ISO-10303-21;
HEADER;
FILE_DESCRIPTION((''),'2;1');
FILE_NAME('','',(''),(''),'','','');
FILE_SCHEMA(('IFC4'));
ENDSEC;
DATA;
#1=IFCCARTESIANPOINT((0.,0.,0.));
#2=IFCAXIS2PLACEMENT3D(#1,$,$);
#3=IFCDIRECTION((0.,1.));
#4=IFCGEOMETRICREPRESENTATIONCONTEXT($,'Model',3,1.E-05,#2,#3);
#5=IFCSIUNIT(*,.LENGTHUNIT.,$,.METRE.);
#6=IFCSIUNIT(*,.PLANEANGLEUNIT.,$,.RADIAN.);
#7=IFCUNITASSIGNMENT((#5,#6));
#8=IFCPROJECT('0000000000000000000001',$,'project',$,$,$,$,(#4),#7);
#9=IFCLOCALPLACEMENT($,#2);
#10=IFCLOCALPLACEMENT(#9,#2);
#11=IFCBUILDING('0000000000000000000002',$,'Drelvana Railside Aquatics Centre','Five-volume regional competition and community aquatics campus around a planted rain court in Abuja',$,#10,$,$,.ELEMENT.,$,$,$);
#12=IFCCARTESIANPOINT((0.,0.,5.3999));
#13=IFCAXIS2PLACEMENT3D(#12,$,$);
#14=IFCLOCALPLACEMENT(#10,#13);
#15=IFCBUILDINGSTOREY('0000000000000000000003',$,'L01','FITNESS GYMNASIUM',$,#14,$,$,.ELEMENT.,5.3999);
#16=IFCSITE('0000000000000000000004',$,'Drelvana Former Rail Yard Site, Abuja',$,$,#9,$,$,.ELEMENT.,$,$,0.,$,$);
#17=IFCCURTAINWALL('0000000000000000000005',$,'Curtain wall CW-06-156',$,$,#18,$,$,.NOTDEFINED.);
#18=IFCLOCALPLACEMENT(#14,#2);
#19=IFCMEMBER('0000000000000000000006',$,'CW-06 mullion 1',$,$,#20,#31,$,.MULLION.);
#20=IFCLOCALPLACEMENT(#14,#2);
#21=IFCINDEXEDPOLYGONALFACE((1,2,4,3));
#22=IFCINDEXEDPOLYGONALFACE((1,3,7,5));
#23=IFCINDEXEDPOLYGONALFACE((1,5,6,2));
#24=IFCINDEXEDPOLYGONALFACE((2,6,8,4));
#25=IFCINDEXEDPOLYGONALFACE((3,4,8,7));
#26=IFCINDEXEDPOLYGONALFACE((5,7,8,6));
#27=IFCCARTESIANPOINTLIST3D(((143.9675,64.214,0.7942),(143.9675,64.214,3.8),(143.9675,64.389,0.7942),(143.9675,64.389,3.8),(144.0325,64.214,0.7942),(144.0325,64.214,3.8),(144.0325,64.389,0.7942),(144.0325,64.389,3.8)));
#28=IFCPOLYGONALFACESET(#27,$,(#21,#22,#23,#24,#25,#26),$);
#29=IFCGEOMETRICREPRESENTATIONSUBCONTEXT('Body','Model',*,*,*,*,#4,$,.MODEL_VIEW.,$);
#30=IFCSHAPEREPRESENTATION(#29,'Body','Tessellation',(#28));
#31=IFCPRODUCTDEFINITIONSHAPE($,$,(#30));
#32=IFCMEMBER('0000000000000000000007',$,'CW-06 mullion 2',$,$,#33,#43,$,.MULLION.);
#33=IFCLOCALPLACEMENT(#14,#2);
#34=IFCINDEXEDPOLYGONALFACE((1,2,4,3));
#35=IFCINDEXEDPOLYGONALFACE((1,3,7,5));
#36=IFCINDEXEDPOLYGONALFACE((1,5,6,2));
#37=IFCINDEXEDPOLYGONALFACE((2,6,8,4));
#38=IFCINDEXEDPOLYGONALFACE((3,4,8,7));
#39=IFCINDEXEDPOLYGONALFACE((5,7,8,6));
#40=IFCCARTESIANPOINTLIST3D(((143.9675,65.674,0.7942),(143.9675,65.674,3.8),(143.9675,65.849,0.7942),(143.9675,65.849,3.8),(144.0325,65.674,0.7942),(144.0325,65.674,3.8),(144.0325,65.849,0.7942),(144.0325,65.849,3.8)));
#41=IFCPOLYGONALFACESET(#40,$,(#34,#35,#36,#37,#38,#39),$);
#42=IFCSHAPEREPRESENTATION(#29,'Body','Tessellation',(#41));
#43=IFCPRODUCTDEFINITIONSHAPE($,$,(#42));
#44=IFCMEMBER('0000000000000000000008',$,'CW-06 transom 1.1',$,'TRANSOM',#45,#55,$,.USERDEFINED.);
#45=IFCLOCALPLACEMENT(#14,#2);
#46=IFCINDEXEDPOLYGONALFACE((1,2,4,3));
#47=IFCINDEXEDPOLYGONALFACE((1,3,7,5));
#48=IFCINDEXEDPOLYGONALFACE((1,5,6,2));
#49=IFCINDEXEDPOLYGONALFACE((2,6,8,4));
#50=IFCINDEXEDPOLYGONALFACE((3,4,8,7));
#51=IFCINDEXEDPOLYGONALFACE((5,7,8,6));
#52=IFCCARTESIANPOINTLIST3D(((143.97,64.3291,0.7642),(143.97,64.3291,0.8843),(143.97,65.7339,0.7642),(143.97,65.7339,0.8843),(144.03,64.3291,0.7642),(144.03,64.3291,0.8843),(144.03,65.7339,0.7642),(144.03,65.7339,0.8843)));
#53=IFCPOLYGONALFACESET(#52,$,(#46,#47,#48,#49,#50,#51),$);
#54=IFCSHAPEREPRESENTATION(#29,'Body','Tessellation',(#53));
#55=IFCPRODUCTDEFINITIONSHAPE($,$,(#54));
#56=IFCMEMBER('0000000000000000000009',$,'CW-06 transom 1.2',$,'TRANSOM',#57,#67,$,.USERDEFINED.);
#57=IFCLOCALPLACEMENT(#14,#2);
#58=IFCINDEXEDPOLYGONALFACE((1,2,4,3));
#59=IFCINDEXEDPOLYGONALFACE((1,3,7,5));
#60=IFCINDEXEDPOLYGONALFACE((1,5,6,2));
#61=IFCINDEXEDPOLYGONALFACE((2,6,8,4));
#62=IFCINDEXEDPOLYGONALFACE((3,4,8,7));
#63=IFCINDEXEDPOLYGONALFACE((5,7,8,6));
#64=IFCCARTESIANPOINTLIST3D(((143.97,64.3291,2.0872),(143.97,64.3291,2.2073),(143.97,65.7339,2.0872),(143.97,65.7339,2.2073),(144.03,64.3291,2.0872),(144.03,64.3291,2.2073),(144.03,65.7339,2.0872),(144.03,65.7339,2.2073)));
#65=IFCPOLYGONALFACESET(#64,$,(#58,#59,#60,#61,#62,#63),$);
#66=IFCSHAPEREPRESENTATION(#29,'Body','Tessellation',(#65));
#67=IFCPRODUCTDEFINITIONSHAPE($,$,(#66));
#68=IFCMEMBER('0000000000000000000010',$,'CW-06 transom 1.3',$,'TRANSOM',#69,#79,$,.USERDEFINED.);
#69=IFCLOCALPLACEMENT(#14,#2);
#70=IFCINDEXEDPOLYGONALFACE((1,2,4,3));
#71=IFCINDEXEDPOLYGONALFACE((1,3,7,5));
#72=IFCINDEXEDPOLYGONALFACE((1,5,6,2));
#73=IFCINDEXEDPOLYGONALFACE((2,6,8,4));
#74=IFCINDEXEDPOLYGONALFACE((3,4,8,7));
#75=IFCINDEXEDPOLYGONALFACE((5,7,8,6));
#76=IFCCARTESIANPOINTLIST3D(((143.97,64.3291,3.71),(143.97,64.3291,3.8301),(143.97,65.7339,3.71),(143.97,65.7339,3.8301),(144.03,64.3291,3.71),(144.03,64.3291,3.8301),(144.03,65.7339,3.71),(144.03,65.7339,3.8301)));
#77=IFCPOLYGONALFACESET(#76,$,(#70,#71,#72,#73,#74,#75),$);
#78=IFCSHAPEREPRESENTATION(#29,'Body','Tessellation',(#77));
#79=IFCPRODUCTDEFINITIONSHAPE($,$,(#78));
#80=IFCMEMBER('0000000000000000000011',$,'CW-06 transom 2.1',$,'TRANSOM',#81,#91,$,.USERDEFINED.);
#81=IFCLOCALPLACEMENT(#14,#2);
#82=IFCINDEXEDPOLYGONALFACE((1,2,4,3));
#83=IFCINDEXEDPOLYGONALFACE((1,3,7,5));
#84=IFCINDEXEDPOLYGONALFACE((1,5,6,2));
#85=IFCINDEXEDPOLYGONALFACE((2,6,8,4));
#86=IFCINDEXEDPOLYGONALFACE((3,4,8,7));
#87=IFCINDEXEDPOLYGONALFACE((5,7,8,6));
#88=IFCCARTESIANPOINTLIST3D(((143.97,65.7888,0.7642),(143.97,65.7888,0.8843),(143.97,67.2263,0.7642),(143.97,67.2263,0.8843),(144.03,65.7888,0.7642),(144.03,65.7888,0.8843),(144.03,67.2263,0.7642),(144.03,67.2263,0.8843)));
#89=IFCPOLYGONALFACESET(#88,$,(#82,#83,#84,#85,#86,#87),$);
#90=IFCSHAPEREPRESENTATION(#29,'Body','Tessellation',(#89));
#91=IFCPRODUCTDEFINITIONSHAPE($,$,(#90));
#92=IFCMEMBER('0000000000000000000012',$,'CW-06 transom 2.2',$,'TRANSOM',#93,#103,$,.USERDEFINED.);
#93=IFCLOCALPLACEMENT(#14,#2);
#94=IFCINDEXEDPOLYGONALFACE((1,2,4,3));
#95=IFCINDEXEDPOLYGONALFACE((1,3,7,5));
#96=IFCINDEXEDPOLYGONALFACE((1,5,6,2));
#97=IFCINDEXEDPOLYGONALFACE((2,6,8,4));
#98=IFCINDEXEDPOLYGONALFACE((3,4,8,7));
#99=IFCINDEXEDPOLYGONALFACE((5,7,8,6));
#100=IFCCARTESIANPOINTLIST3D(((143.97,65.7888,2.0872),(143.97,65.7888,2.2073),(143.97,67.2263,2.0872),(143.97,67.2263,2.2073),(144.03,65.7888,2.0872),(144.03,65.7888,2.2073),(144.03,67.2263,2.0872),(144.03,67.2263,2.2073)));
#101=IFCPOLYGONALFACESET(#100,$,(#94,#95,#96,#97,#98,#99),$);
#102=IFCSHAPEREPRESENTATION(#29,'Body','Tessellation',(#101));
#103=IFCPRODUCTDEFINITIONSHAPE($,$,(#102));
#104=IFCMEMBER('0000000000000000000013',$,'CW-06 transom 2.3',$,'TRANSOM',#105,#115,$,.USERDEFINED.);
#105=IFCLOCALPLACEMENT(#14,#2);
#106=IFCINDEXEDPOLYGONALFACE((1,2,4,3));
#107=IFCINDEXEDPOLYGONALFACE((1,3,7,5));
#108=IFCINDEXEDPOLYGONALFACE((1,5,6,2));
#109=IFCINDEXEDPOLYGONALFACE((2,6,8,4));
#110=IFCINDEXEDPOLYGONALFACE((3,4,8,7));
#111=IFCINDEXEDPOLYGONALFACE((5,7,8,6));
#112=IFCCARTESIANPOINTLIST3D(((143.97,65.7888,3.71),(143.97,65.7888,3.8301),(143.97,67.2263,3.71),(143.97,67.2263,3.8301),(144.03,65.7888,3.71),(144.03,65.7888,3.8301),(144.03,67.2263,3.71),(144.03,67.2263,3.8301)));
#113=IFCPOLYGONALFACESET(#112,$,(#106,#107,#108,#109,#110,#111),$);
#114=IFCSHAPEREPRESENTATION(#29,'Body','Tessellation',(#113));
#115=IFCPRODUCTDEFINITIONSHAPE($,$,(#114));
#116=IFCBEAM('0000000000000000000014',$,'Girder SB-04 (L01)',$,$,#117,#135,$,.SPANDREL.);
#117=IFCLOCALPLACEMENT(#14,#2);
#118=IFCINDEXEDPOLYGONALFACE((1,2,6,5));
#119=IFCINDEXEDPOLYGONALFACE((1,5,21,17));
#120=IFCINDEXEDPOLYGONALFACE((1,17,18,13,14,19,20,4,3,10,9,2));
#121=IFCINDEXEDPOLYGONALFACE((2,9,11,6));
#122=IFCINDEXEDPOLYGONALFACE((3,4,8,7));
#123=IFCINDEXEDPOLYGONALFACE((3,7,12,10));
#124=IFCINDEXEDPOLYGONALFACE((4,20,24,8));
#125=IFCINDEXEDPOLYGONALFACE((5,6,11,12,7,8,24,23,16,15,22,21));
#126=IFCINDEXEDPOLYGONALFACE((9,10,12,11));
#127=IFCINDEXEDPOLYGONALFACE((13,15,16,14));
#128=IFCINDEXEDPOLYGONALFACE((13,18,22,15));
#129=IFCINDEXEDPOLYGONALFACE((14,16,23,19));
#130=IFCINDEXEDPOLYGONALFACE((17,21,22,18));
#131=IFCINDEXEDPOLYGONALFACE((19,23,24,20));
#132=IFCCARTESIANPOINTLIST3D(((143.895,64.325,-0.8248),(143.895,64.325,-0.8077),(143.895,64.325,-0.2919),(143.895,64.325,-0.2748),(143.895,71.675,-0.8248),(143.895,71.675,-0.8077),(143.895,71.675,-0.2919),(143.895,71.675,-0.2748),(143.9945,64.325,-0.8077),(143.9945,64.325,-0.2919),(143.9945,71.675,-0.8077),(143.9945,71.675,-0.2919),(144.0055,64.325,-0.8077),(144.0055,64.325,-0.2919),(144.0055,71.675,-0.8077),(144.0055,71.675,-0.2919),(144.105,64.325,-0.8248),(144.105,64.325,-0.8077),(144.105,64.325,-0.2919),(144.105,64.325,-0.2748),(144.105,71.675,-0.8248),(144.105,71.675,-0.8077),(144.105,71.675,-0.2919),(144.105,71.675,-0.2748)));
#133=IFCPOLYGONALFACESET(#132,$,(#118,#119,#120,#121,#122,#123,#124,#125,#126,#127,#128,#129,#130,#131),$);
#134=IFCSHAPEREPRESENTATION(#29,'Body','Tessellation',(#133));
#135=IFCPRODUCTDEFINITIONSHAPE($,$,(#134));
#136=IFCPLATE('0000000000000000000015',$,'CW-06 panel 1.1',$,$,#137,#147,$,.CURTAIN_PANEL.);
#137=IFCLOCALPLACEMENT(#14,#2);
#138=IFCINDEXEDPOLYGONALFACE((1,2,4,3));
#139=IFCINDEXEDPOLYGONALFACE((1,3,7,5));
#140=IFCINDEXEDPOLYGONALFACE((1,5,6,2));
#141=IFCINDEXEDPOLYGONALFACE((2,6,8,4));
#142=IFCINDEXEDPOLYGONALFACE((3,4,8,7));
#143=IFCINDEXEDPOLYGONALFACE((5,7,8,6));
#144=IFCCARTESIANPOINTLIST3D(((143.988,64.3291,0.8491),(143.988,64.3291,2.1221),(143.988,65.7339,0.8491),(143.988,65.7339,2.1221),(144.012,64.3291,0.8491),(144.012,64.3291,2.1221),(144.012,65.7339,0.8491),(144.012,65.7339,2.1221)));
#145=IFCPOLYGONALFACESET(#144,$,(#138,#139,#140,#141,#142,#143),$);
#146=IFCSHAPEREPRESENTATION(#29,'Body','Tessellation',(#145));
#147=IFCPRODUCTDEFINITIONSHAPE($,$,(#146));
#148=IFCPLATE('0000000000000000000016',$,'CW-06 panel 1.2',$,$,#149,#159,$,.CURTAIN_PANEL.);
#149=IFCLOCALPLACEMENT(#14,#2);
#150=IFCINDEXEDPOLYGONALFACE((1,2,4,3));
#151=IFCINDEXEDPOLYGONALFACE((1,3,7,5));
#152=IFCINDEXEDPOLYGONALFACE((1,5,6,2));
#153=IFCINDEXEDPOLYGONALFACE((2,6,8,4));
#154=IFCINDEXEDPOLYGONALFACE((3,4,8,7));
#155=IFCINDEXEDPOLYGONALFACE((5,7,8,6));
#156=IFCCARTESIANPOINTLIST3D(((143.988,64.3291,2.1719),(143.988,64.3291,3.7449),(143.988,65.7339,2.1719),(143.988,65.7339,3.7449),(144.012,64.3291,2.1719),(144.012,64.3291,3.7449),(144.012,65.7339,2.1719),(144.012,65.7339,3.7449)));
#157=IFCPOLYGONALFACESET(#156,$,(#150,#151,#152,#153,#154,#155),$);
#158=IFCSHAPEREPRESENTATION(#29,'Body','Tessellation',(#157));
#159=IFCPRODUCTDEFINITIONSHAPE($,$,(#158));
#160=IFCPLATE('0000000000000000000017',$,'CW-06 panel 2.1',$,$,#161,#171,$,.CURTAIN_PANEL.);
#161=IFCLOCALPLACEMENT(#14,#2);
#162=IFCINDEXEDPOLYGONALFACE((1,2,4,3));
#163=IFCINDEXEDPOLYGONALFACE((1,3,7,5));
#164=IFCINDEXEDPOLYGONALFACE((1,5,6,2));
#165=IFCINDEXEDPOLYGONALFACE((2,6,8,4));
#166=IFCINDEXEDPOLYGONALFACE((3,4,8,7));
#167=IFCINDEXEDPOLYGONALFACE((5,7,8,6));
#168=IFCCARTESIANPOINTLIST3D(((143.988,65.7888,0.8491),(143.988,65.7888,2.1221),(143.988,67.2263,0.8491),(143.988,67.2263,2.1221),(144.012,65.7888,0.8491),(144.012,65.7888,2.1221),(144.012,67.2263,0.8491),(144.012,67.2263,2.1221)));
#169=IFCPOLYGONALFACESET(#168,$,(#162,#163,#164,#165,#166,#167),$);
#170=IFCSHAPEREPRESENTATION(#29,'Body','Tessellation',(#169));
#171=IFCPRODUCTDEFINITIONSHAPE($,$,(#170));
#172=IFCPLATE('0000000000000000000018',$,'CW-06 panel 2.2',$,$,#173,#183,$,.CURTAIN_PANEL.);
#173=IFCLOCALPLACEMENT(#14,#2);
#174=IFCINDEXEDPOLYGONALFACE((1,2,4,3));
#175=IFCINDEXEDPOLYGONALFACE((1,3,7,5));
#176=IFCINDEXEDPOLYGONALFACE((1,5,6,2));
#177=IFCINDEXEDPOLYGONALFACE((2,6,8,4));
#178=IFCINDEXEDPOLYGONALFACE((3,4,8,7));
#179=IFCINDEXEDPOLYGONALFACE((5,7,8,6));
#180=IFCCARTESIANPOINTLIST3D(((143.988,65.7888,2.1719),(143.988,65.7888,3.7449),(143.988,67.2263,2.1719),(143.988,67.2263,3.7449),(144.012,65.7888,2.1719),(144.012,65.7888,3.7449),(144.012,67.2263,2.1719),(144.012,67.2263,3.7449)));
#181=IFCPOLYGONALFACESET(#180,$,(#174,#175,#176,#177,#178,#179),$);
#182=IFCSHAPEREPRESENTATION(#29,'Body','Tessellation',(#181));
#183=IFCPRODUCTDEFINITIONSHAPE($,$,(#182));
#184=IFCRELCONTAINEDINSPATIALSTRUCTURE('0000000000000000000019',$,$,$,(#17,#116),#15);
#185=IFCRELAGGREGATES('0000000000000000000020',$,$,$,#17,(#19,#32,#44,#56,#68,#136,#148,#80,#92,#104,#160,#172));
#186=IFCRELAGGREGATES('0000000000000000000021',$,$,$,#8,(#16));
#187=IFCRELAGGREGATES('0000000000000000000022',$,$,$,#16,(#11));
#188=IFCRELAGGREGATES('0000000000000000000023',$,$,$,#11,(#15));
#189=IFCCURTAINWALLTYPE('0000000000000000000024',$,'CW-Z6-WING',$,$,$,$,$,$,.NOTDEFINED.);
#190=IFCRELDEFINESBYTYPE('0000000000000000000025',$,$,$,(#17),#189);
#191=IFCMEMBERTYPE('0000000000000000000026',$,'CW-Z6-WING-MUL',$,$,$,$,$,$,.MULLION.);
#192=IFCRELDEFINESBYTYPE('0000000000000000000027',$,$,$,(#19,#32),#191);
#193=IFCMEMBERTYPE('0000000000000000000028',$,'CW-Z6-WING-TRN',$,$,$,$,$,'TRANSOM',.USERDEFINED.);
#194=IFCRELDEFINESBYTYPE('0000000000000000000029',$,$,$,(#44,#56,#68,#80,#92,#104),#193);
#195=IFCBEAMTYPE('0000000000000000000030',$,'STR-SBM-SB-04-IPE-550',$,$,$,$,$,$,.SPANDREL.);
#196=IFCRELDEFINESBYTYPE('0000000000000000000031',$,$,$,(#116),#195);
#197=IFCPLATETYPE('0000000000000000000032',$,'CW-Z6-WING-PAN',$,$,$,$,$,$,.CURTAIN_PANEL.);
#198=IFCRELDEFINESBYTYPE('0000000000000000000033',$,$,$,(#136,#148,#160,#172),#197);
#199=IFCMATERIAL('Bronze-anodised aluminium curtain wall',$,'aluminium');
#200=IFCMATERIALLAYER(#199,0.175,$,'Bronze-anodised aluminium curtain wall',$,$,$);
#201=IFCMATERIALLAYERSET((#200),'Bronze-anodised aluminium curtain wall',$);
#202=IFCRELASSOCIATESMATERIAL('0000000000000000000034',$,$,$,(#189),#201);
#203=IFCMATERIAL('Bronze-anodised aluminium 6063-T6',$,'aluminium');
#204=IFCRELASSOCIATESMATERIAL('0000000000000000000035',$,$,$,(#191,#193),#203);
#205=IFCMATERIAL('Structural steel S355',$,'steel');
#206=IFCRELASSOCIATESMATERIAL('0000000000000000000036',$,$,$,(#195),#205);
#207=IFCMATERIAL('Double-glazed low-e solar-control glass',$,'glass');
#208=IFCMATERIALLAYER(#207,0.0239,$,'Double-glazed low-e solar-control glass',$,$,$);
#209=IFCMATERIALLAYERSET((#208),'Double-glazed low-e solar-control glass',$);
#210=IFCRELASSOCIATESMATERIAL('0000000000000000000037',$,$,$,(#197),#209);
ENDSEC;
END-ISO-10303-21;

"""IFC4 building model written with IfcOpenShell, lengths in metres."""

from ifc_helpers import new_model, si_unit, direction, frame, origin, origin_2d, place, context, subcontext, project, spatial, rectangle, i_section, extrude, material, layer, layer_set, material_profile, profile_set, type_object, element, aggregate, save


model = new_model("IFC4")

# Units and contexts
model_context = context("Model", 3, precision=1e-05, world=origin(), true_north=direction((0.0, 1.0)))
body_context = subcontext(model_context, "Body", "Model", "MODEL_VIEW")
ifc_project = project(units=[si_unit("LENGTHUNIT", "METRE"), si_unit("PLANEANGLEUNIT", "RADIAN")], contexts=[model_context])

# Site, building, storey
site_placement = place(None, origin())
site = spatial("IfcSite", under=ifc_project, at=site_placement, Name="Drelvana Former Rail Yard Site, Abuja", CompositionType="ELEMENT", RefElevation=0.0)
building_placement = place(site_placement, origin())
building = spatial("IfcBuilding", under=site, at=building_placement, Name="Drelvana Railside Aquatics Centre", Description="Five-volume regional competition and community aquatics campus around a planted rain court in Abuja", CompositionType="ELEMENT")
storey_placement = place(building_placement, frame((0.0, 0.0, 5.3999)))
storey = spatial("IfcBuildingStorey", under=building, at=storey_placement, Name="L01", Description="FITNESS GYMNASIUM", CompositionType="ELEMENT", Elevation=5.3999)

# Curtain wall, members
ifc_material_1 = material(Name="Bronze-anodised aluminium curtain wall", Category="aluminium")
ifc_layer_1 = layer(ifc_material_1, 0.175, Name="Bronze-anodised aluminium curtain wall")
ifc_layer_set_1 = layer_set([ifc_layer_1], Name="Bronze-anodised aluminium curtain wall")
curtain_wall_type = type_object("IfcCurtainWallType", Name="CW-Z6-WING", PredefinedType="NOTDEFINED", material=ifc_layer_set_1)
curtain_wall_placement = place(storey_placement, origin())
curtain_wall = element("IfcCurtainWall", 1, at=curtain_wall_placement, inside=storey, type_object=curtain_wall_type, Name="Curtain wall CW-06-156", PredefinedType="NOTDEFINED")
ifc_material_2 = material(Name="Bronze-anodised aluminium 6063-T6", Category="aluminium")
ifc_material_profile_1 = material_profile(ifc_material_2, rectangle(XDim=0.0649, YDim=0.175, at=origin_2d()), Name="ALU-M 65x175")
ifc_profile_set_1 = profile_set([ifc_material_profile_1], Name="Bronze-anodised aluminium 6063-T6")
member_type_1 = type_object("IfcMemberType", Name="CW-Z6-WING-MUL", PredefinedType="MULLION", material=ifc_profile_set_1)
member_1_placement = place(storey_placement, frame((144.0, 64.3015, 0.7942), z_axis=(0.0, 0.0, 1.0), x_axis=(-1.0, 0.0, 0.0)))
member_1 = element("IfcMember", 2, at=member_1_placement, type_object=member_type_1, Name="CW-06 mullion 1", PredefinedType="MULLION", context=body_context, shape_type="SweptSolid", body=[
    extrude(rectangle(XDim=0.0649, YDim=0.175, at=origin_2d()), origin(), (0.0, 0.0, 1.0), 3.0059),
])
member_2_placement = place(storey_placement, frame((144.0, 65.7615, 0.7942), z_axis=(0.0, 0.0, 1.0), x_axis=(-1.0, 0.0, 0.0)))
member_2 = element("IfcMember", 3, at=member_2_placement, type_object=member_type_1, Name="CW-06 mullion 2", PredefinedType="MULLION", context=body_context, shape_type="SweptSolid", body=[
    extrude(rectangle(XDim=0.0649, YDim=0.175, at=origin_2d()), origin(), (0.0, 0.0, 1.0), 3.0059),
])
ifc_material_profile_2 = material_profile(ifc_material_2, rectangle(XDim=0.1201, YDim=0.0601, at=origin_2d()), Name="ALU-T 60x120")
ifc_profile_set_2 = profile_set([ifc_material_profile_2], Name="Bronze-anodised aluminium 6063-T6")
member_type_2 = type_object("IfcMemberType", Name="CW-Z6-WING-TRN", ElementType="TRANSOM", PredefinedType="USERDEFINED", material=ifc_profile_set_2)
member_3_placement = place(storey_placement, frame((144.0, 64.3291, 0.8242), z_axis=(0.0, 1.0, 0.0), x_axis=(0.0, 0.0, 1.0)))
member_3 = element("IfcMember", 4, at=member_3_placement, type_object=member_type_2, Name="CW-06 transom 1.1", ObjectType="TRANSOM", PredefinedType="USERDEFINED", context=body_context, shape_type="SweptSolid", body=[
    extrude(rectangle(XDim=0.1201, YDim=0.0601, at=origin_2d()), origin(), (0.0, 0.0, 1.0), 1.4048),
])
member_4_placement = place(storey_placement, frame((144.0, 64.3291, 2.1472), z_axis=(0.0, 1.0, 0.0), x_axis=(0.0, 0.0, 1.0)))
member_4 = element("IfcMember", 5, at=member_4_placement, type_object=member_type_2, Name="CW-06 transom 1.2", ObjectType="TRANSOM", PredefinedType="USERDEFINED", context=body_context, shape_type="SweptSolid", body=[
    extrude(rectangle(XDim=0.1201, YDim=0.0601, at=origin_2d()), origin(), (0.0, 0.0, 1.0), 1.4048),
])
member_5_placement = place(storey_placement, frame((144.0, 64.3291, 3.77), z_axis=(0.0, 1.0, 0.0), x_axis=(0.0, 0.0, 1.0)))
member_5 = element("IfcMember", 6, at=member_5_placement, type_object=member_type_2, Name="CW-06 transom 1.3", ObjectType="TRANSOM", PredefinedType="USERDEFINED", context=body_context, shape_type="SweptSolid", body=[
    extrude(rectangle(XDim=0.1201, YDim=0.0601, at=origin_2d()), origin(), (0.0, 0.0, 1.0), 1.4048),
])
member_6_placement = place(storey_placement, frame((144.0, 65.7888, 0.8242), z_axis=(0.0, 1.0, 0.0), x_axis=(0.0, 0.0, 1.0)))
member_6 = element("IfcMember", 7, at=member_6_placement, type_object=member_type_2, Name="CW-06 transom 2.1", ObjectType="TRANSOM", PredefinedType="USERDEFINED", context=body_context, shape_type="SweptSolid", body=[
    extrude(rectangle(XDim=0.1201, YDim=0.0601, at=origin_2d()), origin(), (0.0, 0.0, 1.0), 1.4375),
])
member_7_placement = place(storey_placement, frame((144.0, 65.7888, 2.1472), z_axis=(0.0, 1.0, 0.0), x_axis=(0.0, 0.0, 1.0)))
member_7 = element("IfcMember", 8, at=member_7_placement, type_object=member_type_2, Name="CW-06 transom 2.2", ObjectType="TRANSOM", PredefinedType="USERDEFINED", context=body_context, shape_type="SweptSolid", body=[
    extrude(rectangle(XDim=0.1201, YDim=0.0601, at=origin_2d()), origin(), (0.0, 0.0, 1.0), 1.4375),
])
member_8_placement = place(storey_placement, frame((144.0, 65.7888, 3.77), z_axis=(0.0, 1.0, 0.0), x_axis=(0.0, 0.0, 1.0)))
member_8 = element("IfcMember", 9, at=member_8_placement, type_object=member_type_2, Name="CW-06 transom 2.3", ObjectType="TRANSOM", PredefinedType="USERDEFINED", context=body_context, shape_type="SweptSolid", body=[
    extrude(rectangle(XDim=0.1201, YDim=0.0601, at=origin_2d()), origin(), (0.0, 0.0, 1.0), 1.4375),
])

# Beam
ifc_material_3 = material(Name="Structural steel S355", Category="steel")
ifc_material_profile_3 = material_profile(ifc_material_3, i_section(OverallWidth=0.21, OverallDepth=0.55, WebThickness=0.011, FlangeThickness=0.0171, at=origin_2d()), Name="IPE 550")
ifc_profile_set_3 = profile_set([ifc_material_profile_3], Name="Structural steel S355")
beam_type = type_object("IfcBeamType", Name="STR-SBM-SB-04-IPE-550", PredefinedType="SPANDREL", material=ifc_profile_set_3)
beam_placement = place(storey_placement, frame((144.0, 64.325, -0.5498), z_axis=(0.0, 1.0, 0.0), x_axis=(-1.0, 0.0, 0.0)))
element("IfcBeam", 10, at=beam_placement, inside=storey, type_object=beam_type, Name="Girder SB-04 (L01)", PredefinedType="SPANDREL", context=body_context, shape_type="SweptSolid", body=[
    extrude(i_section(OverallWidth=0.21, OverallDepth=0.55, WebThickness=0.011, FlangeThickness=0.0171, at=origin_2d()), origin(), (0.0, 0.0, 1.0), 7.3501),
])

# Plates
ifc_material_4 = material(Name="Double-glazed low-e solar-control glass", Category="glass")
ifc_layer_2 = layer(ifc_material_4, 0.0239, Name="Double-glazed low-e solar-control glass")
ifc_layer_set_2 = layer_set([ifc_layer_2], Name="Double-glazed low-e solar-control glass")
plate_type = type_object("IfcPlateType", Name="CW-Z6-WING-PAN", PredefinedType="CURTAIN_PANEL", material=ifc_layer_set_2)
plate_1_placement = place(storey_placement, frame((144.0, 65.0315, 0.8491), z_axis=(0.0, 0.0, 1.0), x_axis=(0.0, 1.0, 0.0)))
plate_1 = element("IfcPlate", 11, at=plate_1_placement, type_object=plate_type, Name="CW-06 panel 1.1", PredefinedType="CURTAIN_PANEL", context=body_context, shape_type="SweptSolid", body=[
    extrude(rectangle(XDim=1.4048, YDim=0.0239, at=origin_2d()), origin(), (0.0, 0.0, 1.0), 1.2729),
])
plate_2_placement = place(storey_placement, frame((144.0, 65.0315, 2.1719), z_axis=(0.0, 0.0, 1.0), x_axis=(0.0, 1.0, 0.0)))
plate_2 = element("IfcPlate", 12, at=plate_2_placement, type_object=plate_type, Name="CW-06 panel 1.2", PredefinedType="CURTAIN_PANEL", context=body_context, shape_type="SweptSolid", body=[
    extrude(rectangle(XDim=1.4048, YDim=0.0239, at=origin_2d()), origin(), (0.0, 0.0, 1.0), 1.573),
])
plate_3_placement = place(storey_placement, frame((144.0, 66.5076, 0.8491), z_axis=(0.0, 0.0, 1.0), x_axis=(0.0, 1.0, 0.0)))
plate_3 = element("IfcPlate", 13, at=plate_3_placement, type_object=plate_type, Name="CW-06 panel 2.1", PredefinedType="CURTAIN_PANEL", context=body_context, shape_type="SweptSolid", body=[
    extrude(rectangle(XDim=1.4375, YDim=0.0239, at=origin_2d()), origin(), (0.0, 0.0, 1.0), 1.2729),
])
plate_4_placement = place(storey_placement, frame((144.0, 66.5076, 2.1719), z_axis=(0.0, 0.0, 1.0), x_axis=(0.0, 1.0, 0.0)))
plate_4 = element("IfcPlate", 14, at=plate_4_placement, type_object=plate_type, Name="CW-06 panel 2.2", PredefinedType="CURTAIN_PANEL", context=body_context, shape_type="SweptSolid", body=[
    extrude(rectangle(XDim=1.4375, YDim=0.0239, at=origin_2d()), origin(), (0.0, 0.0, 1.0), 1.573),
])
aggregate(curtain_wall, [member_1, member_2, member_3, member_4, member_5, plate_1, plate_2, member_6, member_7, member_8, plate_3, plate_4])

save(model, "model.ifc")
